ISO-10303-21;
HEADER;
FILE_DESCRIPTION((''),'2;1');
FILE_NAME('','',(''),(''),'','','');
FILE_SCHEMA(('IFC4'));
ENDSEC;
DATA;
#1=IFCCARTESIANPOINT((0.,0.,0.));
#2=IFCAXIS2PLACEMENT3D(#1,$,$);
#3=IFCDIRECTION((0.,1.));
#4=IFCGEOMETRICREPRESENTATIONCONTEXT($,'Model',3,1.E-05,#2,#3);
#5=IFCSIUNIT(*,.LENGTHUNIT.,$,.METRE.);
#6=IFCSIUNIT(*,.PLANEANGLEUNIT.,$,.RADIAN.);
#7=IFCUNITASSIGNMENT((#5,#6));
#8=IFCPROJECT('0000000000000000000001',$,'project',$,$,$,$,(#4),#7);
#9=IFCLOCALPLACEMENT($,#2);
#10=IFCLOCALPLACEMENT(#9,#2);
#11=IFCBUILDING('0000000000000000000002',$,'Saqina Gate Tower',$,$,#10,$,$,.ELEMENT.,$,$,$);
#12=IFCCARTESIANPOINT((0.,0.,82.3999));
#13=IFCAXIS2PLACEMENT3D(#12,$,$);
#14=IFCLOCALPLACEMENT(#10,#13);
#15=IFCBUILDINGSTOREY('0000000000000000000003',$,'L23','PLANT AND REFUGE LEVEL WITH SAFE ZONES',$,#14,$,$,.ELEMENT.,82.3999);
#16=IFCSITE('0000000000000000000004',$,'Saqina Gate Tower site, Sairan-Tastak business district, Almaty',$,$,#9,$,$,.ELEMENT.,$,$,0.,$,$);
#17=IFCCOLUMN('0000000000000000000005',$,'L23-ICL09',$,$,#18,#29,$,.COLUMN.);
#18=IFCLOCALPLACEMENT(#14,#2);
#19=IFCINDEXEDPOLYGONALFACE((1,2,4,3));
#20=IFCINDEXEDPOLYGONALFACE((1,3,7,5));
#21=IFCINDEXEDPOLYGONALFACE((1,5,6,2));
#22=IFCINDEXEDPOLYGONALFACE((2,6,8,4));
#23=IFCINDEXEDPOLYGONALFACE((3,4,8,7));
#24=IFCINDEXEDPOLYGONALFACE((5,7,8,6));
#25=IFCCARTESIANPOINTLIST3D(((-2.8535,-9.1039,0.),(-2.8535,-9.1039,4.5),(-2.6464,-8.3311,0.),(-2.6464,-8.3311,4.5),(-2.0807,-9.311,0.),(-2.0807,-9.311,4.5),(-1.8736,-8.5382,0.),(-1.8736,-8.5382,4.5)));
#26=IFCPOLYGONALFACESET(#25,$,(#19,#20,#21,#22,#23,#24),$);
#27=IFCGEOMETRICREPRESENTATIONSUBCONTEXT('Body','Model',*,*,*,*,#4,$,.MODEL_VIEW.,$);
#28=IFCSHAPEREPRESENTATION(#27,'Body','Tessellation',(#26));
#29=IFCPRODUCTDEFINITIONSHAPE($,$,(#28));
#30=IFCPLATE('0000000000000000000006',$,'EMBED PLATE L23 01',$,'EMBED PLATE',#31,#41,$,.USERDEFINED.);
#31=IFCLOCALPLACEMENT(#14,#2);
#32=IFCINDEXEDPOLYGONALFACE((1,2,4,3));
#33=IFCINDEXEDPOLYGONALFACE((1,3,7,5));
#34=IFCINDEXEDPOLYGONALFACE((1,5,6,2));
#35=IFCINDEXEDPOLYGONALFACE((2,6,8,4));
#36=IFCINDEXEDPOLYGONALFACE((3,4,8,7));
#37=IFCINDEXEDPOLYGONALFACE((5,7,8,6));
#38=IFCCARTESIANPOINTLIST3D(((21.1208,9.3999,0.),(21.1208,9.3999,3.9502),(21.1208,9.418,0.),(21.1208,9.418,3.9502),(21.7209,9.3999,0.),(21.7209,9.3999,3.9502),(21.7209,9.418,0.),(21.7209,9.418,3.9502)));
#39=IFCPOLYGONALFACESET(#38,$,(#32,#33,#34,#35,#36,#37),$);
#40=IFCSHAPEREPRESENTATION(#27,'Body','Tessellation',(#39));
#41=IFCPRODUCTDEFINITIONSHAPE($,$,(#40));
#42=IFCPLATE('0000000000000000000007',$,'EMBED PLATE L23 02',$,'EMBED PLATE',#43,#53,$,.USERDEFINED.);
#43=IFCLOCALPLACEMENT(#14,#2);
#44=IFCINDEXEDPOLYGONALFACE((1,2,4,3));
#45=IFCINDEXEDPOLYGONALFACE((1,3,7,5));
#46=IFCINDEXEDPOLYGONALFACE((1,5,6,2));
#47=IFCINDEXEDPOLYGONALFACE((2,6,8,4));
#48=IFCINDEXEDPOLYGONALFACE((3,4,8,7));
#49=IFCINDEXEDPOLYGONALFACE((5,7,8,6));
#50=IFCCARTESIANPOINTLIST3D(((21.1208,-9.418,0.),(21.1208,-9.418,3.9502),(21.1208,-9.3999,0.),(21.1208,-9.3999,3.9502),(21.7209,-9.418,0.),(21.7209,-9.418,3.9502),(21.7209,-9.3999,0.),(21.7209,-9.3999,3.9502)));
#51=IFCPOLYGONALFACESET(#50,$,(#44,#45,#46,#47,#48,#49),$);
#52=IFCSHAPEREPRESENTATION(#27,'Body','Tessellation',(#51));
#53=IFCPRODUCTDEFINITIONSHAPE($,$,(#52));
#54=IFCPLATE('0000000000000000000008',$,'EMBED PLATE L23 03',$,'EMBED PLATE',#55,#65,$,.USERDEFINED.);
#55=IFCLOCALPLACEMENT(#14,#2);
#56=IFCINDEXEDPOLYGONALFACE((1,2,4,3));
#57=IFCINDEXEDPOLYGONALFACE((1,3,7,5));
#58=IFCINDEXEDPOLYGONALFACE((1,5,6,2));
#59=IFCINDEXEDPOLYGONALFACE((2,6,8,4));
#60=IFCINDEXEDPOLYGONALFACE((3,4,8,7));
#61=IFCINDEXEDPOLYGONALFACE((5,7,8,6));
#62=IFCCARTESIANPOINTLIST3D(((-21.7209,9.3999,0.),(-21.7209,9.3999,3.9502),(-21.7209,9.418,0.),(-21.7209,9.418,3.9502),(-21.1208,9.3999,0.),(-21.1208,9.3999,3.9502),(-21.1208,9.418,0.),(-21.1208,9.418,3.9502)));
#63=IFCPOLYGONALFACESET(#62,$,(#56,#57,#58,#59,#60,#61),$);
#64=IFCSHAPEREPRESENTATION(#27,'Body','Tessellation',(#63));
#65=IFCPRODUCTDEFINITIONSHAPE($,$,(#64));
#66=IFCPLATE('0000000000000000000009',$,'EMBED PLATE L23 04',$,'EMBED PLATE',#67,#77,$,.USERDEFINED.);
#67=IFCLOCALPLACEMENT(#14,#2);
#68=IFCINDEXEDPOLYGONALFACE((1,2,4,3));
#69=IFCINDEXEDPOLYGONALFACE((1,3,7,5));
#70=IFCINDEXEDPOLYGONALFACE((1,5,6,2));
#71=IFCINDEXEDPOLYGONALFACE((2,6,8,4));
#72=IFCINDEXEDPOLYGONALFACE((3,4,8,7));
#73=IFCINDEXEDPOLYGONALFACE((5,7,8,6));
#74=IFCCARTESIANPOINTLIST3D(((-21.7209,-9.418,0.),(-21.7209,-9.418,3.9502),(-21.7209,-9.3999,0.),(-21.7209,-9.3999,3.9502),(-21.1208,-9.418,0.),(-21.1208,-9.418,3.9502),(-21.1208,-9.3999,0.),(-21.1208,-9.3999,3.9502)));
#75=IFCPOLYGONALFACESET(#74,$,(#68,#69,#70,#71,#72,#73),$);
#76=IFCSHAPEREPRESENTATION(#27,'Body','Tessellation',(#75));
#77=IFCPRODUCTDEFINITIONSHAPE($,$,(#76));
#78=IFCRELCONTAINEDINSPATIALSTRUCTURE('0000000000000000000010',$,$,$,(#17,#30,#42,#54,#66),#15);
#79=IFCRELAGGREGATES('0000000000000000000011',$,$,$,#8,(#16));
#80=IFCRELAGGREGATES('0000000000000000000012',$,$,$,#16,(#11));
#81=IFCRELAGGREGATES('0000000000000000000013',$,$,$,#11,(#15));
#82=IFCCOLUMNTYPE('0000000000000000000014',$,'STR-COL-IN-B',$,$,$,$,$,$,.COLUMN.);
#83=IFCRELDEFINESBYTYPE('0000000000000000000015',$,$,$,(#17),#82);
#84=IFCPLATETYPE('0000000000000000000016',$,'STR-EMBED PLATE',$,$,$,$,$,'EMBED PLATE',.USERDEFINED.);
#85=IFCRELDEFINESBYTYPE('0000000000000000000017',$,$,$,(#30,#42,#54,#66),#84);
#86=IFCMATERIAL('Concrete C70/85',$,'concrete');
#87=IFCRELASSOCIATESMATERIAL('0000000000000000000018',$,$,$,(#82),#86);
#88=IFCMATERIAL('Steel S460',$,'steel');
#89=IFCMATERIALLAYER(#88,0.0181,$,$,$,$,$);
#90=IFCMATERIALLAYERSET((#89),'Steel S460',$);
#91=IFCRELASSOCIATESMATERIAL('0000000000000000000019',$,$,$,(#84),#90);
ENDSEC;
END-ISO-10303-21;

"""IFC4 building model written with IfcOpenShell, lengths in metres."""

from ifc_helpers import new_model, si_unit, direction, frame, origin, origin_2d, place, context, subcontext, project, spatial, polyline, rectangle, outline, extrude, material, layer, layer_set, material_profile, profile_set, type_object, element, save


model = new_model("IFC4")

# Units and contexts
model_context = context("Model", 3, precision=1e-05, world=origin(), true_north=direction((0.0, 1.0)))
body_context = subcontext(model_context, "Body", "Model", "MODEL_VIEW")
ifc_project = project(units=[si_unit("LENGTHUNIT", "METRE"), si_unit("PLANEANGLEUNIT", "RADIAN")], contexts=[model_context])

# Site, building, storey
site_placement = place(None, origin())
site = spatial("IfcSite", under=ifc_project, at=site_placement, Name="Saqina Gate Tower site, Sairan-Tastak business district, Almaty", CompositionType="ELEMENT", RefElevation=0.0)
building_placement = place(site_placement, origin())
building = spatial("IfcBuilding", under=site, at=building_placement, Name="Saqina Gate Tower", CompositionType="ELEMENT")
storey_placement = place(building_placement, frame((0.0, 0.0, 82.3999)))
storey = spatial("IfcBuildingStorey", under=building, at=storey_placement, Name="L23", Description="PLANT AND REFUGE LEVEL WITH SAFE ZONES", CompositionType="ELEMENT", Elevation=82.3999)

# Column
ifc_material_1 = material(Name="Concrete C70/85", Category="concrete")
ifc_material_profile = material_profile(ifc_material_1, rectangle(XDim=0.8, YDim=0.8, at=origin_2d()), Name="RC 800x800")
ifc_profile_set = profile_set([ifc_material_profile], Name="Concrete C70/85")
column_type = type_object("IfcColumnType", Name="STR-COL-IN-B", PredefinedType="COLUMN", material=ifc_profile_set)
column_placement = place(storey_placement, frame((-2.3635, -8.821, 0.0), z_axis=(0.0, 0.0, 1.0), x_axis=(-0.258819, -0.965926, 0.0)))
element("IfcColumn", 1, at=column_placement, inside=storey, type_object=column_type, Name="L23-ICL09", PredefinedType="COLUMN", context=body_context, shape_type="SweptSolid", body=[
    extrude(rectangle(XDim=0.8, YDim=0.8, at=origin_2d()), origin(), (0.0, 0.0, 1.0), 4.5),
])

# Plates
ifc_material_2 = material(Name="Steel S460", Category="steel")
ifc_layer_1 = layer(ifc_material_2, 0.0181)
ifc_layer_set_1 = layer_set([ifc_layer_1], Name="Steel S460")
plate_type = type_object("IfcPlateType", Name="STR-EMBED PLATE", ElementType="EMBED PLATE", PredefinedType="USERDEFINED", material=ifc_layer_set_1)
plate_1_placement = place(storey_placement, origin())
element("IfcPlate", 2, at=plate_1_placement, inside=storey, type_object=plate_type, Name="EMBED PLATE L23 01", ObjectType="EMBED PLATE", PredefinedType="USERDEFINED", context=body_context, shape_type="SweptSolid", body=[
    extrude(outline(polyline([(21.1208, 9.3999), (21.7209, 9.3999), (21.7209, 9.418), (21.1208, 9.418), (21.1208, 9.3999)])), origin(), (0.0, 0.0, 1.0), 3.9502),
])
plate_2_placement = place(storey_placement, origin())
element("IfcPlate", 3, at=plate_2_placement, inside=storey, type_object=plate_type, Name="EMBED PLATE L23 02", ObjectType="EMBED PLATE", PredefinedType="USERDEFINED", context=body_context, shape_type="SweptSolid", body=[
    extrude(outline(polyline([(21.1208, -9.418), (21.7209, -9.418), (21.7209, -9.3999), (21.1208, -9.3999), (21.1208, -9.418)])), origin(), (0.0, 0.0, 1.0), 3.9502),
])
plate_3_placement = place(storey_placement, origin())
element("IfcPlate", 4, at=plate_3_placement, inside=storey, type_object=plate_type, Name="EMBED PLATE L23 03", ObjectType="EMBED PLATE", PredefinedType="USERDEFINED", context=body_context, shape_type="SweptSolid", body=[
    extrude(outline(polyline([(-21.7209, 9.3999), (-21.1208, 9.3999), (-21.1208, 9.418), (-21.7209, 9.418), (-21.7209, 9.3999)])), origin(), (0.0, 0.0, 1.0), 3.9502),
])
plate_4_placement = place(storey_placement, origin())
element("IfcPlate", 5, at=plate_4_placement, inside=storey, type_object=plate_type, Name="EMBED PLATE L23 04", ObjectType="EMBED PLATE", PredefinedType="USERDEFINED", context=body_context, shape_type="SweptSolid", body=[
    extrude(outline(polyline([(-21.7209, -9.418), (-21.1208, -9.418), (-21.1208, -9.3999), (-21.7209, -9.3999), (-21.7209, -9.418)])), origin(), (0.0, 0.0, 1.0), 3.9502),
])

save(model, "model.ifc")
